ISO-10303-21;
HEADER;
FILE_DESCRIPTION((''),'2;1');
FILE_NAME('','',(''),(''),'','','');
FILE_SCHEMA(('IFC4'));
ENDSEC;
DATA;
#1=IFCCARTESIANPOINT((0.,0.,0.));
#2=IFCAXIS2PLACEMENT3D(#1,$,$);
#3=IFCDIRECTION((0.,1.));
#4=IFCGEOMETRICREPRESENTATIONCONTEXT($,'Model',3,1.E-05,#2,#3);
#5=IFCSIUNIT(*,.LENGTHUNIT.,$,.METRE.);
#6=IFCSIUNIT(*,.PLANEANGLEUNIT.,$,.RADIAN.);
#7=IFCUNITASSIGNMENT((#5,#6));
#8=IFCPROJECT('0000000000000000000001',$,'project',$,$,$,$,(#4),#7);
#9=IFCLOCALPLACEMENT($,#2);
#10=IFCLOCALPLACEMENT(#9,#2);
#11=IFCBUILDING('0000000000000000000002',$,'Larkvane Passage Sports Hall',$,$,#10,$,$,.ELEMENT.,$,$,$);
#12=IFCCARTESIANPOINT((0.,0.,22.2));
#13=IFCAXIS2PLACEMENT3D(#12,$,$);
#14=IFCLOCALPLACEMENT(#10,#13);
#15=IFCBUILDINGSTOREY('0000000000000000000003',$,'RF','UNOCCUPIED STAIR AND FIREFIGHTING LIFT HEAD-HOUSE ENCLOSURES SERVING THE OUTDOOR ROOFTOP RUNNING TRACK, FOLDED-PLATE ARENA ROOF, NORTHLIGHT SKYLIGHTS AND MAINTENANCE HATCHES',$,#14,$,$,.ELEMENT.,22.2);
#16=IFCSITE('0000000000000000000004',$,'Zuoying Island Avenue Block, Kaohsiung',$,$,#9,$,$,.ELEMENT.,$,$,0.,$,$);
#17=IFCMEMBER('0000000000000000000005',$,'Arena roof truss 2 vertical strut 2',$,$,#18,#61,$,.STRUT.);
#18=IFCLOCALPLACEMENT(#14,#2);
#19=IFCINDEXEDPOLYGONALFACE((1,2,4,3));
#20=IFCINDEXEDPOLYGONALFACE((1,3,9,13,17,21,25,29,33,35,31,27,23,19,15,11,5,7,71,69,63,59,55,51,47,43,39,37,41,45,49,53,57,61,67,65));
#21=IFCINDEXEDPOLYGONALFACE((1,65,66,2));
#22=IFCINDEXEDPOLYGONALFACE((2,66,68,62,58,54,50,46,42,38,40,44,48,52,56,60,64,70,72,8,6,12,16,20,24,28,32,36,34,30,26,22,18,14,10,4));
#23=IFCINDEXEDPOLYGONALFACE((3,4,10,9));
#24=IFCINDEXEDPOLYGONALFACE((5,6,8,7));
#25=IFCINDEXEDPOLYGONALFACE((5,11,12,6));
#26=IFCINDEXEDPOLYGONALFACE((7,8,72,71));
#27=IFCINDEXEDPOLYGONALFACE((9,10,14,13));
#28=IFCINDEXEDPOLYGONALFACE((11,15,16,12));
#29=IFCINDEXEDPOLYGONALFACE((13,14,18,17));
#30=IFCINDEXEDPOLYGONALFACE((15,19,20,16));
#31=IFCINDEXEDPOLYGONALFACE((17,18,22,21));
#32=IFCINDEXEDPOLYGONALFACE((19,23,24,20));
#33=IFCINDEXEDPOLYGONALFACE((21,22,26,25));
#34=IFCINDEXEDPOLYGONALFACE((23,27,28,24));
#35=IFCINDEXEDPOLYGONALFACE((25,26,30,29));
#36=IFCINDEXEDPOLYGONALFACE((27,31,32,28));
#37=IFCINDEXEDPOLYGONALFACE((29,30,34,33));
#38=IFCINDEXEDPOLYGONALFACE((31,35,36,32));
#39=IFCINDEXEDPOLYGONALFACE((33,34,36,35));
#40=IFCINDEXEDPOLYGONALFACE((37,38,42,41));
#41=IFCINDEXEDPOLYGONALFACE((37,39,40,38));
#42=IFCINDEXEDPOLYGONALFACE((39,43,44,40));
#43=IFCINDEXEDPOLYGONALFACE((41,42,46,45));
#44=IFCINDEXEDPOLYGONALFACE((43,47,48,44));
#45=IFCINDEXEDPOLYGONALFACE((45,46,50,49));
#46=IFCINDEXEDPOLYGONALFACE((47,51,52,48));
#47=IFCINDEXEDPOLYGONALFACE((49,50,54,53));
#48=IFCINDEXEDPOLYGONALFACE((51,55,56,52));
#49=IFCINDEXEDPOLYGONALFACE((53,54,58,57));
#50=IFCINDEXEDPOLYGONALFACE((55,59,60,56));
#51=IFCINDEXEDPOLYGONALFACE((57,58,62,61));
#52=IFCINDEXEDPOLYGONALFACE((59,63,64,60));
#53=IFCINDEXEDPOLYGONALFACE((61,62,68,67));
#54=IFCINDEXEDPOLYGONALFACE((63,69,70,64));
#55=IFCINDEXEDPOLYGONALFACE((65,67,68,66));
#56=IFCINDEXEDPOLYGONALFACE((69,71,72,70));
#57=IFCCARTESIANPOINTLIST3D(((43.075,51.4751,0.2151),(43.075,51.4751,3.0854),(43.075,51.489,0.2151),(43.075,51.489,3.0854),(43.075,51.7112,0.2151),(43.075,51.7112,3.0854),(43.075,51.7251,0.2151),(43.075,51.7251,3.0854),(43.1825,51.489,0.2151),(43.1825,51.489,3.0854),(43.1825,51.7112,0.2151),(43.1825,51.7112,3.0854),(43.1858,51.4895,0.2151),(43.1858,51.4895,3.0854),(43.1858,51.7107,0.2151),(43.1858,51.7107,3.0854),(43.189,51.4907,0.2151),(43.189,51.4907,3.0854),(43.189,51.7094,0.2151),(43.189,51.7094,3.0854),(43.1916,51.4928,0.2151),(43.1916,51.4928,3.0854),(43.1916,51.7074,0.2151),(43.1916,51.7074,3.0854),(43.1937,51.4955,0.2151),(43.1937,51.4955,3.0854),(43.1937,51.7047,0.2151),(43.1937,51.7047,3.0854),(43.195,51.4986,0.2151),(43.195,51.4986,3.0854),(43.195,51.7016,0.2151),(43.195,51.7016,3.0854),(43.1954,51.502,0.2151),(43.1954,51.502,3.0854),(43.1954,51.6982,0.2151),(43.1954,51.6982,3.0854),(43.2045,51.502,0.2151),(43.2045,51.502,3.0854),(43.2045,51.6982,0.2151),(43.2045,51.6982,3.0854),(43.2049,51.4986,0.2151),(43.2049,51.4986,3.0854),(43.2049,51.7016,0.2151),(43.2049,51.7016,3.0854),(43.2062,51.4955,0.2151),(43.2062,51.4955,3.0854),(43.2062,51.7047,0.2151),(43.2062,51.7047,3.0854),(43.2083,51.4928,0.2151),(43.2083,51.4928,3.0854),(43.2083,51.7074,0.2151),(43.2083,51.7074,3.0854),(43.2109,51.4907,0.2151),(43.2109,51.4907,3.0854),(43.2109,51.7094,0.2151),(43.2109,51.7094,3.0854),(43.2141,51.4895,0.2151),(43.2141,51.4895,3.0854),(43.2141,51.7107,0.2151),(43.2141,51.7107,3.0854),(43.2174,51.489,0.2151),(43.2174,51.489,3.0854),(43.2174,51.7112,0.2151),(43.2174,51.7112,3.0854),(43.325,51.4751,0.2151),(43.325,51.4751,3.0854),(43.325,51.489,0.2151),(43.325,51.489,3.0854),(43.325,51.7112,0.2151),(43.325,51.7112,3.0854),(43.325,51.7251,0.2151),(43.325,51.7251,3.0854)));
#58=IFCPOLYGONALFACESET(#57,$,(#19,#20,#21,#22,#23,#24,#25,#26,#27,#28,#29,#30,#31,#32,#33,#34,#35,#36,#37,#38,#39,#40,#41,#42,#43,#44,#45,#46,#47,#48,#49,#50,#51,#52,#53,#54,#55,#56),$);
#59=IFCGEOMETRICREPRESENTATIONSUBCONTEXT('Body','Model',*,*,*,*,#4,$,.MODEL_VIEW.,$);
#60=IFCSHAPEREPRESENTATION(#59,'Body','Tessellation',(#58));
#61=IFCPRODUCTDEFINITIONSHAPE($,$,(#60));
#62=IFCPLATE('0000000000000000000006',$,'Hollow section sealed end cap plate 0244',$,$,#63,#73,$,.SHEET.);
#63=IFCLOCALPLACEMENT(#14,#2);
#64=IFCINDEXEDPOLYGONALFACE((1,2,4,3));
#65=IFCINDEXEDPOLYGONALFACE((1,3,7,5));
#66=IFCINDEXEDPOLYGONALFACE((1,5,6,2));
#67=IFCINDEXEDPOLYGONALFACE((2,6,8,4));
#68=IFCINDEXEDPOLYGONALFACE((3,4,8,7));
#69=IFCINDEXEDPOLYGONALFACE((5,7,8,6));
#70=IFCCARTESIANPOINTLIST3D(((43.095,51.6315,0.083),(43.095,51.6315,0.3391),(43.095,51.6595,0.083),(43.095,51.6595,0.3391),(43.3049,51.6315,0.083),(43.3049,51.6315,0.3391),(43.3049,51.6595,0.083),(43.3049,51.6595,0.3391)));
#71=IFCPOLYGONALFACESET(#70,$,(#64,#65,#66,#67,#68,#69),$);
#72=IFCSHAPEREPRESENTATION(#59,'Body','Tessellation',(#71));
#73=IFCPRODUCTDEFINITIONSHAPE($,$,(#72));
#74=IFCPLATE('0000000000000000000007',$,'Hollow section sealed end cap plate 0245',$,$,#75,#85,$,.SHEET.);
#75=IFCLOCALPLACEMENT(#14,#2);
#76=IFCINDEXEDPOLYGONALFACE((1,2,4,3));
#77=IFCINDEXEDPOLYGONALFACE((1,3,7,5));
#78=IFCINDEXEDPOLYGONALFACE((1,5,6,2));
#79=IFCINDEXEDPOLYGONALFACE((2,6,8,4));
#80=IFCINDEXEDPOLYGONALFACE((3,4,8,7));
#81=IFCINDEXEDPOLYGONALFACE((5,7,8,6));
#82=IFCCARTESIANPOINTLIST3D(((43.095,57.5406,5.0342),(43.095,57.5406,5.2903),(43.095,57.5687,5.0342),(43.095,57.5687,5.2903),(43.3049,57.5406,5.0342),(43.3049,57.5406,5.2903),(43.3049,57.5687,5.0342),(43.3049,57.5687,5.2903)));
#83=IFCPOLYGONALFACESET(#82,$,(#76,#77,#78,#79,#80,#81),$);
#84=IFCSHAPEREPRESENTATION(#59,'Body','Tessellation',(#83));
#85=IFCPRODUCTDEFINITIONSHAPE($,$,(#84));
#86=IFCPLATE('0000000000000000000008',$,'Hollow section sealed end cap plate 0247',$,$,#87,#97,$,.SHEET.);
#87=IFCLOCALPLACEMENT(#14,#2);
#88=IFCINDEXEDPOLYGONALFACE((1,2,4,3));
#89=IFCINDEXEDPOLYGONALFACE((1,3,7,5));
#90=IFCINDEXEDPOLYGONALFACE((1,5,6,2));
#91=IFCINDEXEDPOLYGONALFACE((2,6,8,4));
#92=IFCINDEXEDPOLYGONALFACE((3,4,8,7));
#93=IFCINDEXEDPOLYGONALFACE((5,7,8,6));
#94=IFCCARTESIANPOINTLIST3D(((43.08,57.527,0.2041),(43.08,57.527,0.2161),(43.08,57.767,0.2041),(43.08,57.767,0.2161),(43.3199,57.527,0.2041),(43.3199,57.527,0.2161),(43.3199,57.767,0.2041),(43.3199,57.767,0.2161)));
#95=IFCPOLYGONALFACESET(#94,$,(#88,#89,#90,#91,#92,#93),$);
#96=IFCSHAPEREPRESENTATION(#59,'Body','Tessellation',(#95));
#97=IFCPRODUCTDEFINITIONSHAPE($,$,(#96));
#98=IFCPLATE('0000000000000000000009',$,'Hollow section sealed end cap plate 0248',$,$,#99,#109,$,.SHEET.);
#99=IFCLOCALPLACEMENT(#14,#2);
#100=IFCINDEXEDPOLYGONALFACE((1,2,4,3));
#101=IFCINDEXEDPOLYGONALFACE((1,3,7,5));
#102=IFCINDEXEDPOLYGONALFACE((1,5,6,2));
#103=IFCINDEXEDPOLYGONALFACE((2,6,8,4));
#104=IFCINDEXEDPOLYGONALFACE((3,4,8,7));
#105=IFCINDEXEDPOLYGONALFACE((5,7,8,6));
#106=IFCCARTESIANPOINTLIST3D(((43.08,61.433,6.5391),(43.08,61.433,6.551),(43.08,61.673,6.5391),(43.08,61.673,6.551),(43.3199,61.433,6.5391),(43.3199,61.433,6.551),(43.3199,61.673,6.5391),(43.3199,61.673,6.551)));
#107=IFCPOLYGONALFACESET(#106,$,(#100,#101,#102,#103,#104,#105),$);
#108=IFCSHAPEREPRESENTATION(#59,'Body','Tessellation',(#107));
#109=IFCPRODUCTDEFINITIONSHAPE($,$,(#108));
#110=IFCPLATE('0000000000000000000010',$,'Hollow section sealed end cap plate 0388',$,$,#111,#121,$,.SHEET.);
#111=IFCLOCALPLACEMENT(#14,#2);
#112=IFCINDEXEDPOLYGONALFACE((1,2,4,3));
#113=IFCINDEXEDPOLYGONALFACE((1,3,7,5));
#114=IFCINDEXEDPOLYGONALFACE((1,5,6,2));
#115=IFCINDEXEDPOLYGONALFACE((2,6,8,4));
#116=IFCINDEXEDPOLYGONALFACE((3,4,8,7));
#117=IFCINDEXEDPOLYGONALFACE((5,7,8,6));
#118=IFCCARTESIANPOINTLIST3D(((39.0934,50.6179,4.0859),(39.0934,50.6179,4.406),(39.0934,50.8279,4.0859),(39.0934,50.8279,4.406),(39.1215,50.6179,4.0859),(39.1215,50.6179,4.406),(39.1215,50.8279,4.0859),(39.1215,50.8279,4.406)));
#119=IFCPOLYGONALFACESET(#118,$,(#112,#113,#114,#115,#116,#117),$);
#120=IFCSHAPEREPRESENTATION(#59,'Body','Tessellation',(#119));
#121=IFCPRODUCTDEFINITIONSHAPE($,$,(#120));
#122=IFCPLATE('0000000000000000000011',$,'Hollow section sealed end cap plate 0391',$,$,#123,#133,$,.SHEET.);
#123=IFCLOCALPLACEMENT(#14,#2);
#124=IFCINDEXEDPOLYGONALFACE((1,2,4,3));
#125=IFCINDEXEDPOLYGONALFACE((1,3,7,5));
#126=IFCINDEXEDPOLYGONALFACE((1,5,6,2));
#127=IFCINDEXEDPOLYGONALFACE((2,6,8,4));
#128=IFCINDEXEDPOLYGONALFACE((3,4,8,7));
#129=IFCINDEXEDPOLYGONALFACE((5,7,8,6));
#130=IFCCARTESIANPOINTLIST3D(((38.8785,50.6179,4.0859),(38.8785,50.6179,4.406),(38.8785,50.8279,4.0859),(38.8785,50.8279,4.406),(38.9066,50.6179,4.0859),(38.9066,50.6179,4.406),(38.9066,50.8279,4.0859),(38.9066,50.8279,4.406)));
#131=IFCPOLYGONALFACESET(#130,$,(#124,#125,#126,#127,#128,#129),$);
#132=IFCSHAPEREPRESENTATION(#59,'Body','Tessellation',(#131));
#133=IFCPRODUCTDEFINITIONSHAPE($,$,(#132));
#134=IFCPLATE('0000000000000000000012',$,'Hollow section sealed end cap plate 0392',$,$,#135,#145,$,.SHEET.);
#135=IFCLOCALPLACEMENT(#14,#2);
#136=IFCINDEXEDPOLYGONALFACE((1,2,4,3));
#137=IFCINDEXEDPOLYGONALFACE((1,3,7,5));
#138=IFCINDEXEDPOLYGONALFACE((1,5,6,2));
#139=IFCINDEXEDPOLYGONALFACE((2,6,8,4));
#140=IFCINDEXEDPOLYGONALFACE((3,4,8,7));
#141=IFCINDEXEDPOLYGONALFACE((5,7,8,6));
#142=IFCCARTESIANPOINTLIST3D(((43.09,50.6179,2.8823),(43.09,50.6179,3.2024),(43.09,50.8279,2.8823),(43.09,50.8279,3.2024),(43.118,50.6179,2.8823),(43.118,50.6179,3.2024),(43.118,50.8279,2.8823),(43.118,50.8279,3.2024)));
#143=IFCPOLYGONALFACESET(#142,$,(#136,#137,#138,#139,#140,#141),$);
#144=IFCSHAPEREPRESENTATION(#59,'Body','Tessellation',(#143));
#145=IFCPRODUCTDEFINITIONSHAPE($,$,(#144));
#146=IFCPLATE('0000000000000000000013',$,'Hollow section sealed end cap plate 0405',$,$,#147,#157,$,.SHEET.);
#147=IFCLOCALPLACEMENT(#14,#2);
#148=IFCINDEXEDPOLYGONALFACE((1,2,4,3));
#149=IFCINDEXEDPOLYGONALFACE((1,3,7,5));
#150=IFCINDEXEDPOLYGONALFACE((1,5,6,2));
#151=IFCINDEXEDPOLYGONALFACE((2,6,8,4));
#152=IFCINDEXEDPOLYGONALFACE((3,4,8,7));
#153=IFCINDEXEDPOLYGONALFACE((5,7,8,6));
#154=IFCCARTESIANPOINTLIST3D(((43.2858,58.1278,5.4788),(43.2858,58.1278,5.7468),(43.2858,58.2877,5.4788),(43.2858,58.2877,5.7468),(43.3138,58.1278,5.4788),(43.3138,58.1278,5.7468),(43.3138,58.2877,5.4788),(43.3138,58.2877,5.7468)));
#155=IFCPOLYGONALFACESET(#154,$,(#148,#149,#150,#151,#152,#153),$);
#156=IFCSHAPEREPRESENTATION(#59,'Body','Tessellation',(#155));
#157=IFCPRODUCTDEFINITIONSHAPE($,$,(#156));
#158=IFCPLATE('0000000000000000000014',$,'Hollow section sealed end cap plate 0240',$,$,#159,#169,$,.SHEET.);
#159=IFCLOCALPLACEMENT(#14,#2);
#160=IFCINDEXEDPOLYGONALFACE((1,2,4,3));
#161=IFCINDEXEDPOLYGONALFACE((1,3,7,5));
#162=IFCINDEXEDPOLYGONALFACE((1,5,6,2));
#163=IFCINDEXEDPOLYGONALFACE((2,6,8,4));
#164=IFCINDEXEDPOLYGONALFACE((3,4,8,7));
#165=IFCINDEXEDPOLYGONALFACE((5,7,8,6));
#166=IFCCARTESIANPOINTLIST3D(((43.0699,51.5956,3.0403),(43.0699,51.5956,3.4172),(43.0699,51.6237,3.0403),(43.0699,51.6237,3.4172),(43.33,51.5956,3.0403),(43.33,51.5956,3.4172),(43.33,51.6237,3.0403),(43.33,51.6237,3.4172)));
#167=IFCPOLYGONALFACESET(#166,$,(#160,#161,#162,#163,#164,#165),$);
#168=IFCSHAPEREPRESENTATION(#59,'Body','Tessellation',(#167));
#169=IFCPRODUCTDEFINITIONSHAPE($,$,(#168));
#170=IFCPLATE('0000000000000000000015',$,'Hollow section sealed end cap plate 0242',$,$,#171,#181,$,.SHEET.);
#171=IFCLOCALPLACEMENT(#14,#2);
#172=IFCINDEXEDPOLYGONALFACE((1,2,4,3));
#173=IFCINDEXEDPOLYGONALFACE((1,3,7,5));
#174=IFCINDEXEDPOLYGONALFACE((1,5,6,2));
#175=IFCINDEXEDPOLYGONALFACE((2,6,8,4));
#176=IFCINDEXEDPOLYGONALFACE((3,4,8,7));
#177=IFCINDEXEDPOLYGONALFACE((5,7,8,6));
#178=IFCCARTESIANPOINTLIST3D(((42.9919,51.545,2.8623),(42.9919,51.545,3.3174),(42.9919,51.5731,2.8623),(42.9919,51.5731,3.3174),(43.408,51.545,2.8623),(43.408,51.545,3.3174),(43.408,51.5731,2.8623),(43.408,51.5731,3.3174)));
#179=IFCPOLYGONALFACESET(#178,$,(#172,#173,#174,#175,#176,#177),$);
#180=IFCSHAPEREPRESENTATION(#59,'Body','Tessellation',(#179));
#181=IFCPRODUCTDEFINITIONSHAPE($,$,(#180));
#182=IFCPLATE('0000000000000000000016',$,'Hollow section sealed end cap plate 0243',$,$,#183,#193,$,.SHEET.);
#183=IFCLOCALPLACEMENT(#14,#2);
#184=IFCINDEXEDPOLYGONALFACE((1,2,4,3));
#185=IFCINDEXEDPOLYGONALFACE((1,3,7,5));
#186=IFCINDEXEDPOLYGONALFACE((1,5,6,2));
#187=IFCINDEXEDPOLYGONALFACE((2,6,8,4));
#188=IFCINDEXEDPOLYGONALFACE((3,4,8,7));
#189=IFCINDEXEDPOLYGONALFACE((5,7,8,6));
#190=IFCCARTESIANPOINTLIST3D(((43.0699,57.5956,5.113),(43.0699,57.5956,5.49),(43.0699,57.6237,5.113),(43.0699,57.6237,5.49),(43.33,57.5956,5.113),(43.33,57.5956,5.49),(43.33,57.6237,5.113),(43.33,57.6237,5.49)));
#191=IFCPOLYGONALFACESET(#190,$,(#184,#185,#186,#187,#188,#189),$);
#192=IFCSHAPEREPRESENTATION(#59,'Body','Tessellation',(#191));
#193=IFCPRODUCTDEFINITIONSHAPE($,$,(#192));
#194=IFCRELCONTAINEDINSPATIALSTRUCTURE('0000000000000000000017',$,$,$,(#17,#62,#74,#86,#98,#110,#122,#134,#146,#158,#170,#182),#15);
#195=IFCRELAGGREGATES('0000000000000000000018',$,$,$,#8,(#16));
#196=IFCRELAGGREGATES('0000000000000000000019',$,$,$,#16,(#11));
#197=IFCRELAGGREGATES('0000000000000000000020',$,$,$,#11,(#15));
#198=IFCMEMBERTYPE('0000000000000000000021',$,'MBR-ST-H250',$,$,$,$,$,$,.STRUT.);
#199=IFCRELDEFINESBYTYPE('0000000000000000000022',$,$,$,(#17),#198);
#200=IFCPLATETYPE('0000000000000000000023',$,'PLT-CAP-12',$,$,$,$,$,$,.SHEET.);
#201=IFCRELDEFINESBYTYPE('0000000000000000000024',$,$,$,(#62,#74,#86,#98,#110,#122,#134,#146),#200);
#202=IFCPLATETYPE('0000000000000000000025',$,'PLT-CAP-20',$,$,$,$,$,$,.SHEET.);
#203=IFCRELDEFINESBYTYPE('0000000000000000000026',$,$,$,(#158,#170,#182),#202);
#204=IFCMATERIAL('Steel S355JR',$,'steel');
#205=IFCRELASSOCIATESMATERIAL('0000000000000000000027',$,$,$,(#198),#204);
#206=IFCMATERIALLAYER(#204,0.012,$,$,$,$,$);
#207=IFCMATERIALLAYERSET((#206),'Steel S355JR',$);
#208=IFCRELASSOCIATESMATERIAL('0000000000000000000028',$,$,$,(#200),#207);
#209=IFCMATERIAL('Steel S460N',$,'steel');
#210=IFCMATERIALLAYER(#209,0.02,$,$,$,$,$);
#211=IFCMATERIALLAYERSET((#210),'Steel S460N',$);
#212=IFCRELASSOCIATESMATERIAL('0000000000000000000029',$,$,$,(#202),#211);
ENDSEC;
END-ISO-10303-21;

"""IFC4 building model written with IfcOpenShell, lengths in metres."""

from ifc_helpers import new_model, si_unit, direction, frame, origin, origin_2d, place, context, subcontext, project, spatial, rectangle, i_section, extrude, material, layer, layer_set, material_profile, profile_set, type_object, element, save


model = new_model("IFC4")

# Units and contexts
model_context = context("Model", 3, precision=1e-05, world=origin(), true_north=direction((0.0, 1.0)))
body_context = subcontext(model_context, "Body", "Model", "MODEL_VIEW")
ifc_project = project(units=[si_unit("LENGTHUNIT", "METRE"), si_unit("PLANEANGLEUNIT", "RADIAN")], contexts=[model_context])

# Site, building, storey
site_placement = place(None, origin())
site = spatial("IfcSite", under=ifc_project, at=site_placement, Name="Zuoying Island Avenue Block, Kaohsiung", CompositionType="ELEMENT", RefElevation=0.0)
building_placement = place(site_placement, origin())
building = spatial("IfcBuilding", under=site, at=building_placement, Name="Larkvane Passage Sports Hall", CompositionType="ELEMENT")
storey_placement = place(building_placement, frame((0.0, 0.0, 22.2)))
storey = spatial("IfcBuildingStorey", under=building, at=storey_placement, Name="RF", Description="UNOCCUPIED STAIR AND FIREFIGHTING LIFT HEAD-HOUSE ENCLOSURES SERVING THE OUTDOOR ROOFTOP RUNNING TRACK, FOLDED-PLATE ARENA ROOF, NORTHLIGHT SKYLIGHTS AND MAINTENANCE HATCHES", CompositionType="ELEMENT", Elevation=22.2)

# Member
ifc_material_1 = material(Name="Steel S355JR", Category="steel")
ifc_material_2 = material(Name="Steel S460N", Category="steel")
ifc_material_profile_1 = material_profile(ifc_material_1, i_section(OverallWidth=0.25, OverallDepth=0.25, WebThickness=0.009, FlangeThickness=0.0139, FilletRadius=0.0129, at=origin_2d()), Name="H-250x250x9x14")
ifc_profile_set_1 = profile_set([ifc_material_profile_1], Name="Steel S355JR")
member_type_1 = type_object("IfcMemberType", Name="MBR-ST-H250", PredefinedType="STRUT", material=ifc_profile_set_1)
member_1_placement = place(storey_placement, frame((43.2, 51.6001, 0.2151), z_axis=(0.0, 0.0, 1.0), x_axis=(1.0, 0.0, 0.0)))
element("IfcMember", 1, at=member_1_placement, inside=storey, type_object=member_type_1, Name="Arena roof truss 2 vertical strut 2", PredefinedType="STRUT", context=body_context, shape_type="SweptSolid", body=[
    extrude(i_section(OverallWidth=0.25, OverallDepth=0.25, WebThickness=0.009, FlangeThickness=0.0139, FilletRadius=0.0129, at=origin_2d()), origin(), (0.0, 0.0, 1.0), 2.8704),
])

# Plates
ifc_layer_1 = layer(ifc_material_1, 0.012)
ifc_layer_set_1 = layer_set([ifc_layer_1], Name="Steel S355JR")
plate_type_1 = type_object("IfcPlateType", Name="PLT-CAP-12", PredefinedType="SHEET", material=ifc_layer_set_1)
for number, where, z_axis, x_axis, name in (
    (2, (43.2, 51.6455, 0.083), (0.0, 0.0, 1.0), (-1.0, 0.0, 0.0), "Hollow section sealed end cap plate 0244"),
    (3, (43.2, 57.5547, 5.0342), (0.0, 0.0, 1.0), (-1.0, 0.0, 0.0), "Hollow section sealed end cap plate 0245"),
):
    element("IfcPlate", number, at=place(storey_placement, frame(where, z_axis=z_axis, x_axis=x_axis)), inside=storey, type_object=plate_type_1, Name=name, PredefinedType="SHEET", context=body_context, shape_type="SweptSolid", body=[
        extrude(rectangle(XDim=0.21, YDim=0.0281, at=origin_2d()), origin(), (0.0, 0.0, 1.0), 0.2561),
    ])
for number, where, z_axis, x_axis, name in (
    (4, (43.2, 57.647, 0.2041), (0.0, 0.0, 1.0), (1.0, 0.0, 0.0), "Hollow section sealed end cap plate 0247"),
    (5, (43.2, 61.553, 6.5391), (0.0, 0.0, 1.0), (1.0, 0.0, 0.0), "Hollow section sealed end cap plate 0248"),
):
    element("IfcPlate", number, at=place(storey_placement, frame(where, z_axis=z_axis, x_axis=x_axis)), inside=storey, type_object=plate_type_1, Name=name, PredefinedType="SHEET", context=body_context, shape_type="SweptSolid", body=[
        extrude(rectangle(XDim=0.24, YDim=0.24, at=origin_2d()), origin(), (0.0, 0.0, 1.0), 0.012),
    ])
for number, where, z_axis, x_axis, name in (
    (6, (39.1074, 50.7229, 4.0859), (0.0, 0.0, 1.0), (0.0, 1.0, 0.0), "Hollow section sealed end cap plate 0388"),
    (7, (38.8926, 50.7229, 4.0859), (0.0, 0.0, 1.0), (0.0, 1.0, 0.0), "Hollow section sealed end cap plate 0391"),
    (8, (43.104, 50.7229, 2.8823), (0.0, 0.0, 1.0), (0.0, 1.0, 0.0), "Hollow section sealed end cap plate 0392"),
):
    element("IfcPlate", number, at=place(storey_placement, frame(where, z_axis=z_axis, x_axis=x_axis)), inside=storey, type_object=plate_type_1, Name=name, PredefinedType="SHEET", context=body_context, shape_type="SweptSolid", body=[
        extrude(rectangle(XDim=0.21, YDim=0.0281, at=origin_2d()), origin(), (0.0, 0.0, 1.0), 0.3201),
    ])
plate_1_placement = place(storey_placement, frame((43.2998, 58.2078, 5.4788), z_axis=(0.0, 0.0, 1.0), x_axis=(0.0, 1.0, 0.0)))
element("IfcPlate", 9, at=plate_1_placement, inside=storey, type_object=plate_type_1, Name="Hollow section sealed end cap plate 0405", PredefinedType="SHEET", context=body_context, shape_type="SweptSolid", body=[
    extrude(rectangle(XDim=0.1599, YDim=0.0281, at=origin_2d()), origin(), (0.0, 0.0, 1.0), 0.2681),
])
ifc_layer_2 = layer(ifc_material_2, 0.02)
ifc_layer_set_2 = layer_set([ifc_layer_2], Name="Steel S460N")
plate_type_2 = type_object("IfcPlateType", Name="PLT-CAP-20", PredefinedType="SHEET", material=ifc_layer_set_2)
plate_2_placement = place(storey_placement, frame((43.2, 51.6096, 3.0403), z_axis=(0.0, 0.0, 1.0), x_axis=(-1.0, 0.0, 0.0)))
element("IfcPlate", 10, at=plate_2_placement, inside=storey, type_object=plate_type_2, Name="Hollow section sealed end cap plate 0240", PredefinedType="SHEET", context=body_context, shape_type="SweptSolid", body=[
    extrude(rectangle(XDim=0.26, YDim=0.0281, at=origin_2d()), origin(), (0.0, 0.0, 1.0), 0.377),
])
plate_3_placement = place(storey_placement, frame((43.2, 51.5591, 2.8623), z_axis=(0.0, 0.0, 1.0), x_axis=(-1.0, 0.0, 0.0)))
element("IfcPlate", 11, at=plate_3_placement, inside=storey, type_object=plate_type_2, Name="Hollow section sealed end cap plate 0242", PredefinedType="SHEET", context=body_context, shape_type="SweptSolid", body=[
    extrude(rectangle(XDim=0.416, YDim=0.0281, at=origin_2d()), origin(), (0.0, 0.0, 1.0), 0.4551),
])
plate_4_placement = place(storey_placement, frame((43.2, 57.6096, 5.113), z_axis=(0.0, 0.0, 1.0), x_axis=(-1.0, 0.0, 0.0)))
element("IfcPlate", 12, at=plate_4_placement, inside=storey, type_object=plate_type_2, Name="Hollow section sealed end cap plate 0243", PredefinedType="SHEET", context=body_context, shape_type="SweptSolid", body=[
    extrude(rectangle(XDim=0.26, YDim=0.0281, at=origin_2d()), origin(), (0.0, 0.0, 1.0), 0.377),
])

save(model, "model.ifc")
